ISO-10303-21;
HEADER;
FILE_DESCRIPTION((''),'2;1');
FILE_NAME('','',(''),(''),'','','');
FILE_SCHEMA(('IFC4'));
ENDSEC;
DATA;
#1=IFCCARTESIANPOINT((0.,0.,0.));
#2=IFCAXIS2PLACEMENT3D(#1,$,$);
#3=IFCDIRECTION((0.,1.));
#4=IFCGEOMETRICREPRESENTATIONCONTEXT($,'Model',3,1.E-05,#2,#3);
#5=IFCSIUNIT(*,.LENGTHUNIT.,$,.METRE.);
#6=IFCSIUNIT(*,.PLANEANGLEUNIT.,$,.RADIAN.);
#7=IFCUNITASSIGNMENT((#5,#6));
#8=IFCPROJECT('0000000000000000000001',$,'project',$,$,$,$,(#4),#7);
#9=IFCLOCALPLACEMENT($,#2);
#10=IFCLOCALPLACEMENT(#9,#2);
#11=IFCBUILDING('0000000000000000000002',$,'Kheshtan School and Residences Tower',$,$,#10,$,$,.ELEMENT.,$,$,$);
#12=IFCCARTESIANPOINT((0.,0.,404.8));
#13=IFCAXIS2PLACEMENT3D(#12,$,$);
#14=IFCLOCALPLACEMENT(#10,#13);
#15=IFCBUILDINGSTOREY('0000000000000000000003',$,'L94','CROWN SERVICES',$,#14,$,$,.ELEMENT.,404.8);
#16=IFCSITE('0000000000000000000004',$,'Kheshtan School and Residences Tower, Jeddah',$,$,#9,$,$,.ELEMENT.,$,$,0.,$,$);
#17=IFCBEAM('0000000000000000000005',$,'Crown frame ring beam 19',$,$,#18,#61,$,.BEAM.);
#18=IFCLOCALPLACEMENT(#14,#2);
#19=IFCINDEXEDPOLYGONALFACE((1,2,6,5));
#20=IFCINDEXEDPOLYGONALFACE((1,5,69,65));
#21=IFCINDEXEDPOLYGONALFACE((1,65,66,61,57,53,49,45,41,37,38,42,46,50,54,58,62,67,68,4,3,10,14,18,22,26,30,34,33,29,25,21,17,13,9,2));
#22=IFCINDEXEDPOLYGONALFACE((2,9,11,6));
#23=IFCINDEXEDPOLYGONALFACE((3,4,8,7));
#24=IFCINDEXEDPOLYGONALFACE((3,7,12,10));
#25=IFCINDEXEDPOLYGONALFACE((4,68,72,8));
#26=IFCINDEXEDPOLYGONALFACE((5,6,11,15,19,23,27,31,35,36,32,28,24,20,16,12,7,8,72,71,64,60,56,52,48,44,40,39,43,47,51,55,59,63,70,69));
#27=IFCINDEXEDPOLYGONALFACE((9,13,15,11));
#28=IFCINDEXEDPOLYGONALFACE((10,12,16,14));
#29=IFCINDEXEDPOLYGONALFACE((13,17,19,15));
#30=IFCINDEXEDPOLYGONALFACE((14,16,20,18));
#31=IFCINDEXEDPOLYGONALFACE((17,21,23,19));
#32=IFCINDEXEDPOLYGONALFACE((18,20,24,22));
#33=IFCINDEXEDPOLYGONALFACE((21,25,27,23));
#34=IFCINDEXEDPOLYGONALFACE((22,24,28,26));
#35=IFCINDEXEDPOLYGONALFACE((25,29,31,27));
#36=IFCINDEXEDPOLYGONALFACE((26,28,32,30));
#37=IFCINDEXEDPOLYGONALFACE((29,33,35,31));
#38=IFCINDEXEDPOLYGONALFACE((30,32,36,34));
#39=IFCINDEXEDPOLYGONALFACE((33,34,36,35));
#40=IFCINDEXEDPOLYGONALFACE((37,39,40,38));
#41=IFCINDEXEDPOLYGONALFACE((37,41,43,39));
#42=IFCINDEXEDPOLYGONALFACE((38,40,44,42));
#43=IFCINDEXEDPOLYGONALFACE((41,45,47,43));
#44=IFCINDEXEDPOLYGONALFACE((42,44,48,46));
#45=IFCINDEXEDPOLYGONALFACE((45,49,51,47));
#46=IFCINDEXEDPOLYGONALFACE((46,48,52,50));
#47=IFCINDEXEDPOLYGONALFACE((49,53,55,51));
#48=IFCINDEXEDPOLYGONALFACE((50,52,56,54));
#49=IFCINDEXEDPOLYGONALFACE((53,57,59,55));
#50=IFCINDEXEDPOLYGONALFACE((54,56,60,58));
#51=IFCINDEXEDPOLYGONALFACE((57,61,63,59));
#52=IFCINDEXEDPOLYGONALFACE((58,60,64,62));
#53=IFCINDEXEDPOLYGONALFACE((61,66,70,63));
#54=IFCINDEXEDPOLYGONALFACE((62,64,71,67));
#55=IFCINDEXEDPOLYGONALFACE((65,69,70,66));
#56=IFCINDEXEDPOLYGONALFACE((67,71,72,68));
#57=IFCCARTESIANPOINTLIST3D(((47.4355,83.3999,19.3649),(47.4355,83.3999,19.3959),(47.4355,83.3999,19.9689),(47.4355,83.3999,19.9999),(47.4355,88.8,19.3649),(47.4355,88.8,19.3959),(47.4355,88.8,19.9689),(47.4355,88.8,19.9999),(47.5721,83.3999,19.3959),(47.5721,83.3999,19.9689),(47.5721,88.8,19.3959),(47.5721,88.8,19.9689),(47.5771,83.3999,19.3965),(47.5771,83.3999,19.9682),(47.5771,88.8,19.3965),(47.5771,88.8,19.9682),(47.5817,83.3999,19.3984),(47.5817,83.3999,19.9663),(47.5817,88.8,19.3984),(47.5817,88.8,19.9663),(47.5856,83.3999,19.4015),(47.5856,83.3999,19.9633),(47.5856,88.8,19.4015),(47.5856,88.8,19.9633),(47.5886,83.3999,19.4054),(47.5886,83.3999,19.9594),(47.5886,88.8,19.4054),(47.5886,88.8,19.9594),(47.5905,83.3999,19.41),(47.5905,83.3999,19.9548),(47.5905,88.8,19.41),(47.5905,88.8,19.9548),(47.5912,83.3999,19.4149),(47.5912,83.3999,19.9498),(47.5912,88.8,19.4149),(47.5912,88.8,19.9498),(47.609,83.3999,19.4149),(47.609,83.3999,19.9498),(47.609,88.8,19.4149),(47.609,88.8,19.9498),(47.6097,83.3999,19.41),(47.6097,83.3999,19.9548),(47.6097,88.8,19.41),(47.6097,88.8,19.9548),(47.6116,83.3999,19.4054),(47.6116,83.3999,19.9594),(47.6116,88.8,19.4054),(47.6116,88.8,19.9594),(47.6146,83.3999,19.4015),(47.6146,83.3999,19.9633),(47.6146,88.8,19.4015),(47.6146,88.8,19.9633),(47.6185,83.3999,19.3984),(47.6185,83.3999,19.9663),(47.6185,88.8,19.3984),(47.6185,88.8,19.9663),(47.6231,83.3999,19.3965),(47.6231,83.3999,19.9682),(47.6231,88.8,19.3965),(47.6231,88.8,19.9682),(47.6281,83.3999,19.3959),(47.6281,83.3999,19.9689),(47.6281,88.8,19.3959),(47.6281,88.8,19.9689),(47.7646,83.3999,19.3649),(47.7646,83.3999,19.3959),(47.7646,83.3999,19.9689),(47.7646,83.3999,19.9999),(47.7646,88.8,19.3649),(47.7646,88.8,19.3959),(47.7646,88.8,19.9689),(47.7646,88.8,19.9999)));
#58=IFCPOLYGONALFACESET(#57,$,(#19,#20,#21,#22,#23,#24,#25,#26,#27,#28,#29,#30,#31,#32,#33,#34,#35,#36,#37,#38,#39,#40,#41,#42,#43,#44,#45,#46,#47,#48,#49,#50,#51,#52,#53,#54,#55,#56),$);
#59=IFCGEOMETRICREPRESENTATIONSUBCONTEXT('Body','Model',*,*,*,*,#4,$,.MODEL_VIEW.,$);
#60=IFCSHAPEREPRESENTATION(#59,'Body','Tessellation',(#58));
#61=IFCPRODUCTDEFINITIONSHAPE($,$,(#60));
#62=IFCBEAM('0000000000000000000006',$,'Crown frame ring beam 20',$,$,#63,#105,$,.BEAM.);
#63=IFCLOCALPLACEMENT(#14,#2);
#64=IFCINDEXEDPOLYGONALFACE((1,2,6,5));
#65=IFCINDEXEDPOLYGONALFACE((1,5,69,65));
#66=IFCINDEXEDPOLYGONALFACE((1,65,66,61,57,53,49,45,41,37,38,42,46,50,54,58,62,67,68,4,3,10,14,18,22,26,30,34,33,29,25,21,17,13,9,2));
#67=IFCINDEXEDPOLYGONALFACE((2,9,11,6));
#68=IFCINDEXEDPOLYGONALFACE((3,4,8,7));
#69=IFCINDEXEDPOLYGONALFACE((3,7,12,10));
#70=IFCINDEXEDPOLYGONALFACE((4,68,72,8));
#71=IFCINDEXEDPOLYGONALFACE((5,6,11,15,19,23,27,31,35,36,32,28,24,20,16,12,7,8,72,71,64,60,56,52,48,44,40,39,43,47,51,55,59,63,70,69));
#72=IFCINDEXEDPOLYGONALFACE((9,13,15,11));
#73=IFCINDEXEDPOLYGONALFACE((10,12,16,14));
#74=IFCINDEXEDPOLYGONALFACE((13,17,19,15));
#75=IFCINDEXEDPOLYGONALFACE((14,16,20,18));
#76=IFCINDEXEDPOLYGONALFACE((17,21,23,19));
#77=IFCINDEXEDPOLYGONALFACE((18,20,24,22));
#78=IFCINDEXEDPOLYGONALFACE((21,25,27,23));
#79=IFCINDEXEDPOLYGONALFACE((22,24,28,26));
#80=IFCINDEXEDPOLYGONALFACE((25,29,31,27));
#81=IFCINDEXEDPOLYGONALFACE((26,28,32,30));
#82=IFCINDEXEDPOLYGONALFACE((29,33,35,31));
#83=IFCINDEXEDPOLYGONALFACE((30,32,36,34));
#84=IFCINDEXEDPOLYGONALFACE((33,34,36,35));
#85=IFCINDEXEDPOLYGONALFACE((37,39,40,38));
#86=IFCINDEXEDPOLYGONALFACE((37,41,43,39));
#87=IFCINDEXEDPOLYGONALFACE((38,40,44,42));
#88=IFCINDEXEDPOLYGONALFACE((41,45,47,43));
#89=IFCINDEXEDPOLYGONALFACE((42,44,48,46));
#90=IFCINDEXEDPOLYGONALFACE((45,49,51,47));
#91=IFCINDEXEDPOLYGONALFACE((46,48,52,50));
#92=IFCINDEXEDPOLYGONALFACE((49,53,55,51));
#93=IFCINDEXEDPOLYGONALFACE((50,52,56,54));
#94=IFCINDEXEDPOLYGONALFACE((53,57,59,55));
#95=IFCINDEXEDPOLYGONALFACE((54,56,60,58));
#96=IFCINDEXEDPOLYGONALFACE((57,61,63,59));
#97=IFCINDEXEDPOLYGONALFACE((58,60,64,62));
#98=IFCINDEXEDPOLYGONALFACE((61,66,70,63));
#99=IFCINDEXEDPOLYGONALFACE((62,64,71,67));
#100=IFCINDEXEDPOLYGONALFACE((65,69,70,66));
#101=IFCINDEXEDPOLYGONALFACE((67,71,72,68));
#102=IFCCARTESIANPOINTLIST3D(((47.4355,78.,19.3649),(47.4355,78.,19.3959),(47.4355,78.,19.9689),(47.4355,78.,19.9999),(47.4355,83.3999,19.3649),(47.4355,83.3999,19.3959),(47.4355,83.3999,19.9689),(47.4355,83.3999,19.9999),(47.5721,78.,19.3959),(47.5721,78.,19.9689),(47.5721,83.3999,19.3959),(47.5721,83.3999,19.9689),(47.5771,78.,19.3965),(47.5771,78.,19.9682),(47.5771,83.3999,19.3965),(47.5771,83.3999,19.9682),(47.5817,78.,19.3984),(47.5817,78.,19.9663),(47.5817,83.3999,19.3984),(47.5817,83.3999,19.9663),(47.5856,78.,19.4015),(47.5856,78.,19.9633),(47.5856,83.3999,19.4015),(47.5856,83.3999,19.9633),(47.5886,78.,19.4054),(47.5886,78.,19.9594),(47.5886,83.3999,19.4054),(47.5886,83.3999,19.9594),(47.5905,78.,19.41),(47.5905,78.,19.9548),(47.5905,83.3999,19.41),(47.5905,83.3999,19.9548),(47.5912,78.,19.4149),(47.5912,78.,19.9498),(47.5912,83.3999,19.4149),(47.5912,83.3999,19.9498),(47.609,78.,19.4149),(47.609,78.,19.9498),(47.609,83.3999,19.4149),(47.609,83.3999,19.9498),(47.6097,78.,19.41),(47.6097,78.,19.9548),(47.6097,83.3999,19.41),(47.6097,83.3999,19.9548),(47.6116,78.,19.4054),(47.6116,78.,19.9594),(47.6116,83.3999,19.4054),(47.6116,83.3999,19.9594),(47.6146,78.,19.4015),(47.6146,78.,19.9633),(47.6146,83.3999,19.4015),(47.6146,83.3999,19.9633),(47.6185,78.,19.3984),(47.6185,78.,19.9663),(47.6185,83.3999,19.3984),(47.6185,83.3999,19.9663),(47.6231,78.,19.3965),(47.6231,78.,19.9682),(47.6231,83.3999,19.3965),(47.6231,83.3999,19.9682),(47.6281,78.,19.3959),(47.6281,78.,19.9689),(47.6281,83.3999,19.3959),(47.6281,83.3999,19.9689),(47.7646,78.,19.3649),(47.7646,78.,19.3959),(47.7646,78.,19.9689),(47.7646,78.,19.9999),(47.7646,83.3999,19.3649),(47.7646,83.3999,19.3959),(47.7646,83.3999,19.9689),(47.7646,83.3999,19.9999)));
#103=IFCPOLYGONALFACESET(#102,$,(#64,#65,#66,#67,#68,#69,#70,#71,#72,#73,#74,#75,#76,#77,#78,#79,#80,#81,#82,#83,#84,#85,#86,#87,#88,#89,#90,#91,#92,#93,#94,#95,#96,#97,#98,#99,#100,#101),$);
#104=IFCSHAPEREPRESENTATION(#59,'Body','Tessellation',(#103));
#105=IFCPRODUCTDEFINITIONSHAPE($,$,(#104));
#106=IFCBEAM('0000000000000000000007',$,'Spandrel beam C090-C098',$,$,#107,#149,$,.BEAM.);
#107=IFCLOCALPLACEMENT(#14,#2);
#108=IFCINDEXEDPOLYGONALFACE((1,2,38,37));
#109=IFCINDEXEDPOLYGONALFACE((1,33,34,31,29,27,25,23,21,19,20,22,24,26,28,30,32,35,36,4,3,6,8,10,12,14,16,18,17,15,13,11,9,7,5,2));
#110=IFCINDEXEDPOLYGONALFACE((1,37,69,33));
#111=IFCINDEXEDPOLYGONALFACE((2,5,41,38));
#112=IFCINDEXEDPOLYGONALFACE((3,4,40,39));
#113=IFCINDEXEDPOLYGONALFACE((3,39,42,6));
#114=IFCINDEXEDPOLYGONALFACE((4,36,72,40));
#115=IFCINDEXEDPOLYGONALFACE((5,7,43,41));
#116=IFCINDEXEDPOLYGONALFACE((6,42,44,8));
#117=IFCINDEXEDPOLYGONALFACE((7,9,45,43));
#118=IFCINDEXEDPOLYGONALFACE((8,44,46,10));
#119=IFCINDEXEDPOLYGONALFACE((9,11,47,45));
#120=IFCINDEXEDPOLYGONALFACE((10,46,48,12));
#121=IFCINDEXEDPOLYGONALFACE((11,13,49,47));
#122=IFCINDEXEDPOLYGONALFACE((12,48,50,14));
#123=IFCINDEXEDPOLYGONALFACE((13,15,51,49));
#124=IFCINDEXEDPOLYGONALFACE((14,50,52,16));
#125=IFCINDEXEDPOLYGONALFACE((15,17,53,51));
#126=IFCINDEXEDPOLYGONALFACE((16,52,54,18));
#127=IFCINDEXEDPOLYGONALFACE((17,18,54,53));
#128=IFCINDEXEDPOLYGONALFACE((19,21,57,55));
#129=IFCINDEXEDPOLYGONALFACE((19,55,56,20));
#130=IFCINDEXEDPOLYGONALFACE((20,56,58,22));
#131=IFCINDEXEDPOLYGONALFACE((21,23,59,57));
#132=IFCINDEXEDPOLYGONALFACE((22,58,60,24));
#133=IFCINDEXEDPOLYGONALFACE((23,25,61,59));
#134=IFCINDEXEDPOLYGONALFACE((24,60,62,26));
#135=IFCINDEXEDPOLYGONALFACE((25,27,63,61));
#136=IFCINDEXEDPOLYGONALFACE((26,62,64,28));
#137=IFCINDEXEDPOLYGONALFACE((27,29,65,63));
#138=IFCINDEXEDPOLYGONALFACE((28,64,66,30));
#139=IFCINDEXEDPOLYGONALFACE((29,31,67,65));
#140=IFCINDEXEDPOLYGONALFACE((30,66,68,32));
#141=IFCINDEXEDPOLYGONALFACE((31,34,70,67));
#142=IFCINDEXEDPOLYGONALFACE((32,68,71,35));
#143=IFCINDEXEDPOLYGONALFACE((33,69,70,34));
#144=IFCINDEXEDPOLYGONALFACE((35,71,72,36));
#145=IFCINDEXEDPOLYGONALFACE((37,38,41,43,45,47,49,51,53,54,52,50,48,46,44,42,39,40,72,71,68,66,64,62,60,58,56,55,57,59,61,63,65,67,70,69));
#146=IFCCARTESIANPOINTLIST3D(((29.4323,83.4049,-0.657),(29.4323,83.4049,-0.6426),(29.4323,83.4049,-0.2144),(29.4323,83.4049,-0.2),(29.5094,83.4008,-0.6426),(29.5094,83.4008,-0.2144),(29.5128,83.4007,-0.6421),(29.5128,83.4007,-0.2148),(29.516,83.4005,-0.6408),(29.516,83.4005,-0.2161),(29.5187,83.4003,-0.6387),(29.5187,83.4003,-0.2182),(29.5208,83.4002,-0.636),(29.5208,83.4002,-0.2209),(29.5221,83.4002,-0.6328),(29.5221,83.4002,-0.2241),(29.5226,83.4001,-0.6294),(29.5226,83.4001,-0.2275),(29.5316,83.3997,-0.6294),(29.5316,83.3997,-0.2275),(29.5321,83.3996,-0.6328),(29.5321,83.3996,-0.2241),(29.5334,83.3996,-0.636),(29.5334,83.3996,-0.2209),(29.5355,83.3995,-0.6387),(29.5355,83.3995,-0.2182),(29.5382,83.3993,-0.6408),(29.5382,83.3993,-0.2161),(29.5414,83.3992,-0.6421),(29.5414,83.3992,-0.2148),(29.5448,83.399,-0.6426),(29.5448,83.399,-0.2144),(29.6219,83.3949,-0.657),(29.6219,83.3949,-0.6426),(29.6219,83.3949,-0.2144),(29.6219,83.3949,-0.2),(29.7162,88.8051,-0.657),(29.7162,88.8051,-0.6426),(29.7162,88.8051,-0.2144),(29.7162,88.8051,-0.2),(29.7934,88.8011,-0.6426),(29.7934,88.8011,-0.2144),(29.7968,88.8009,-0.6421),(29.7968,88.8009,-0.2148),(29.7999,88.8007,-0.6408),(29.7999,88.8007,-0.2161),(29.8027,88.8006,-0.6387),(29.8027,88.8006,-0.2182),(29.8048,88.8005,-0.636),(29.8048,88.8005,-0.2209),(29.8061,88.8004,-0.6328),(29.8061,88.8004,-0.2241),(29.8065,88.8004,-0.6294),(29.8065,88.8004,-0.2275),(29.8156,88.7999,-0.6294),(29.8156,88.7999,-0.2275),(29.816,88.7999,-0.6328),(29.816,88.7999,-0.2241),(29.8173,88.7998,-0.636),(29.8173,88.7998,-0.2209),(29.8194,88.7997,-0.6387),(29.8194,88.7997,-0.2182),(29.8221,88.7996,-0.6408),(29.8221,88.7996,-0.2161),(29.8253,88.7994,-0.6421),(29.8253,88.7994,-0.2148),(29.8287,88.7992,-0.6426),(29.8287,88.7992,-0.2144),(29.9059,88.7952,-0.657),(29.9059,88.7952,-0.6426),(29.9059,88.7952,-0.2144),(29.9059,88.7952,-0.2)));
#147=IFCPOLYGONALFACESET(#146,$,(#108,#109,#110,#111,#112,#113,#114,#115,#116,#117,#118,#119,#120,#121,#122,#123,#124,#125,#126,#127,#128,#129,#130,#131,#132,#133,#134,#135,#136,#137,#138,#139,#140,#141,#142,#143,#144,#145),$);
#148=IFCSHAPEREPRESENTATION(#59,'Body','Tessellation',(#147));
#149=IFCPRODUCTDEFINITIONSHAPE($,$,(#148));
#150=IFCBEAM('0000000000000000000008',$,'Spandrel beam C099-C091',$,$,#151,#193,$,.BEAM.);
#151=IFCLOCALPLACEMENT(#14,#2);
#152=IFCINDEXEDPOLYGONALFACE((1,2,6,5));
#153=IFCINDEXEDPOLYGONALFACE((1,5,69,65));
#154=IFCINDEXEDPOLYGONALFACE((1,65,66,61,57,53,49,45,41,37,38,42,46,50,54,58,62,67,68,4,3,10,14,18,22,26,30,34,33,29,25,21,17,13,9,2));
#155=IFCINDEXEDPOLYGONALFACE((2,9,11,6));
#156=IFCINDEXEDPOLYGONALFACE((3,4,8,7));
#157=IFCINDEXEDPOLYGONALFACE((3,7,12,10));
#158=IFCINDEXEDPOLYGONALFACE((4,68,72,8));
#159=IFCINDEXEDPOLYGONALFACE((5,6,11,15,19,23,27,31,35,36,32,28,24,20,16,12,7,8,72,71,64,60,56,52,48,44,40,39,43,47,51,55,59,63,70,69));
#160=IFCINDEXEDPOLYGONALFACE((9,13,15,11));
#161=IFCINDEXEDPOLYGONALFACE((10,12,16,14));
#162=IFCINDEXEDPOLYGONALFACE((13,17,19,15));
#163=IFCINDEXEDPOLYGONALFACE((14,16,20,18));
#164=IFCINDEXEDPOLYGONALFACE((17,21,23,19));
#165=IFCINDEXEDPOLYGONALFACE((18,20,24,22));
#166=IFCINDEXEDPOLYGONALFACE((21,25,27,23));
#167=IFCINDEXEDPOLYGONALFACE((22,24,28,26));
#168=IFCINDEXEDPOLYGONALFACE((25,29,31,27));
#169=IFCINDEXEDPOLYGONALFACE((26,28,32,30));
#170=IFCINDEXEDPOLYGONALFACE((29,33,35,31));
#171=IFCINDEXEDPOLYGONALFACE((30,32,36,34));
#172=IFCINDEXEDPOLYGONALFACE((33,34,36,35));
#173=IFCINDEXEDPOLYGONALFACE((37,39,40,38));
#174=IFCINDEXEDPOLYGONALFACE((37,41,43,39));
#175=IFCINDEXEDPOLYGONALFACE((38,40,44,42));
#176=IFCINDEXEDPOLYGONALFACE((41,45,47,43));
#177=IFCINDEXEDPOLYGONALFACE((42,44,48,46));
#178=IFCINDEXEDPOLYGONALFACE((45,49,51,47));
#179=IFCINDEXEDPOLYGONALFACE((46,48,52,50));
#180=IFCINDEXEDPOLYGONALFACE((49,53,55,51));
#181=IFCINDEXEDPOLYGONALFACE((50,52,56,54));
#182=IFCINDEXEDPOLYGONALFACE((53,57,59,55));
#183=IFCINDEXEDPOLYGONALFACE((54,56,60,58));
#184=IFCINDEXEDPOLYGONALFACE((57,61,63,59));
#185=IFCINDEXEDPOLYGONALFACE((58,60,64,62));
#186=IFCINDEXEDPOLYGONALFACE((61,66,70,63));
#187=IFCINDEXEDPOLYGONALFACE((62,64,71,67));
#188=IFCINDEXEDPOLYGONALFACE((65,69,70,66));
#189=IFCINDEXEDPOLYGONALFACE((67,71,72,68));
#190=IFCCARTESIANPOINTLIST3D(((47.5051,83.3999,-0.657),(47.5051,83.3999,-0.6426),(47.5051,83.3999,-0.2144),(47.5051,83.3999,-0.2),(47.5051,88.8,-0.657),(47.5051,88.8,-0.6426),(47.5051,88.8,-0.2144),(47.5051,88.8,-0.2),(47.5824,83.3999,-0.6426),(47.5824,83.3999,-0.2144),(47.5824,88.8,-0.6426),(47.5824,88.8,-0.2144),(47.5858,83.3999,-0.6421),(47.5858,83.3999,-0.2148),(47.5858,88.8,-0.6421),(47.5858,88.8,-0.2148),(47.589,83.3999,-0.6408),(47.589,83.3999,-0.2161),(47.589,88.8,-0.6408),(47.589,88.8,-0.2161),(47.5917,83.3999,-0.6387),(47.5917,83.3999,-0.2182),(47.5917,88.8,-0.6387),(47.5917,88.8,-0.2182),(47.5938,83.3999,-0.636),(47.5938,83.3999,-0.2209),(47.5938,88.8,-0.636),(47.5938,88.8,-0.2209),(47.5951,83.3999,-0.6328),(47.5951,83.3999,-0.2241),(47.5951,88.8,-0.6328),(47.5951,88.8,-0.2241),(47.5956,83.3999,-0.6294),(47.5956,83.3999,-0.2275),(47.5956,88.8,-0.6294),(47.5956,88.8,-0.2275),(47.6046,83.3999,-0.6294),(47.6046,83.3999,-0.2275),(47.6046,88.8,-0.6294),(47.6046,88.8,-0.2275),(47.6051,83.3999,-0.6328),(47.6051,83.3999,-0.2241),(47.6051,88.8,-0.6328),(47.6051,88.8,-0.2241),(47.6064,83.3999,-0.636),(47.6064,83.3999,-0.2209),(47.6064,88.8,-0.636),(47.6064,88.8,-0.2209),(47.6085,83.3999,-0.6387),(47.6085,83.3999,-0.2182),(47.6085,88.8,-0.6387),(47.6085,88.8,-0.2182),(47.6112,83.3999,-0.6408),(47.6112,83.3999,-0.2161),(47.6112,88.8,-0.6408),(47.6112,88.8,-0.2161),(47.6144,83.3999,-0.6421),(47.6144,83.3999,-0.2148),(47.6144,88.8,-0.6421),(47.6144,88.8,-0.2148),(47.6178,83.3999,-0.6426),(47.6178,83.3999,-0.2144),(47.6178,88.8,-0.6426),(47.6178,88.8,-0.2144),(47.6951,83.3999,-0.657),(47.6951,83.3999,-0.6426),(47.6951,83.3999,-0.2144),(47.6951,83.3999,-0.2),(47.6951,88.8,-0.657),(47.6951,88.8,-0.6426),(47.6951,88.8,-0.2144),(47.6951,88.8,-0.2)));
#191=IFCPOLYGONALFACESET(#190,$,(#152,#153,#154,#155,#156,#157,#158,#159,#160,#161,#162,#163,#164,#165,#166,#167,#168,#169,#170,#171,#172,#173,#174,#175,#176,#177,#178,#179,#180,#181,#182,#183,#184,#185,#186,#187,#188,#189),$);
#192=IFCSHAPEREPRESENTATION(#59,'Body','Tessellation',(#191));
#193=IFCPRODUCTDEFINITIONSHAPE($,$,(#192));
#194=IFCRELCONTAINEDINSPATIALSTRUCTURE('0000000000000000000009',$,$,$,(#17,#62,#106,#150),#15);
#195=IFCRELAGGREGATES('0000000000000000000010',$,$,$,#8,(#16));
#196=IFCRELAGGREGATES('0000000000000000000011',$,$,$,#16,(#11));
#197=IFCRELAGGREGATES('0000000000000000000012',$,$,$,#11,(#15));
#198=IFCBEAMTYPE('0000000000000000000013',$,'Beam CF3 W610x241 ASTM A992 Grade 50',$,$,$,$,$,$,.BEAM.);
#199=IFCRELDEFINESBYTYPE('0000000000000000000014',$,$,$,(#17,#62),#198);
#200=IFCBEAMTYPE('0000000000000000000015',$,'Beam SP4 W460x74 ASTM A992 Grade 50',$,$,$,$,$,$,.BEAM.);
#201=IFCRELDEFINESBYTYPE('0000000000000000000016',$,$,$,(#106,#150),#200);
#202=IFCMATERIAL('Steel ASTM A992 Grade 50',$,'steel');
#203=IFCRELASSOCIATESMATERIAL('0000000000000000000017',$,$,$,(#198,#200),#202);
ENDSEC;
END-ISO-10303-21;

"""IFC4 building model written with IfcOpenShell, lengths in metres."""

from ifc_helpers import new_model, si_unit, direction, frame, origin, origin_2d, place, context, subcontext, project, spatial, i_section, extrude, material, material_profile, profile_set, type_object, element, save


model = new_model("IFC4")

# Units and contexts
model_context = context("Model", 3, precision=1e-05, world=origin(), true_north=direction((0.0, 1.0)))
body_context = subcontext(model_context, "Body", "Model", "MODEL_VIEW")
ifc_project = project(units=[si_unit("LENGTHUNIT", "METRE"), si_unit("PLANEANGLEUNIT", "RADIAN")], contexts=[model_context])

# Site, building, storey
site_placement = place(None, origin())
site = spatial("IfcSite", under=ifc_project, at=site_placement, Name="Kheshtan School and Residences Tower, Jeddah", CompositionType="ELEMENT", RefElevation=0.0)
building_placement = place(site_placement, origin())
building = spatial("IfcBuilding", under=site, at=building_placement, Name="Kheshtan School and Residences Tower", CompositionType="ELEMENT")
storey_placement = place(building_placement, frame((0.0, 0.0, 404.8)))
storey = spatial("IfcBuildingStorey", under=building, at=storey_placement, Name="L94", Description="CROWN SERVICES", CompositionType="ELEMENT", Elevation=404.8)

# Beams
ifc_material_1 = material(Name="Steel ASTM A992 Grade 50", Category="steel")
ifc_material_profile_1 = material_profile(ifc_material_1, i_section(OverallWidth=0.3291, OverallDepth=0.635, WebThickness=0.0178, FlangeThickness=0.031, FilletRadius=0.019, at=origin_2d()), Name="W610x241")
ifc_profile_set_1 = profile_set([ifc_material_profile_1], Name="Steel ASTM A992 Grade 50")
beam_type_1 = type_object("IfcBeamType", Name="Beam CF3 W610x241 ASTM A992 Grade 50", PredefinedType="BEAM", material=ifc_profile_set_1)
beam_1_placement = place(storey_placement, frame((47.6001, 88.8, 19.6824), z_axis=(0.0, -1.0, 0.0), x_axis=(1.0, 0.0, 0.0)))
element("IfcBeam", 1, at=beam_1_placement, inside=storey, type_object=beam_type_1, Name="Crown frame ring beam 19", PredefinedType="BEAM", context=body_context, shape_type="SweptSolid", body=[
    extrude(i_section(OverallWidth=0.3291, OverallDepth=0.635, WebThickness=0.0178, FlangeThickness=0.031, FilletRadius=0.019, at=origin_2d()), origin(), (0.0, 0.0, 1.0), 5.4001),
])
beam_2_placement = place(storey_placement, frame((47.6001, 83.3999, 19.6824), z_axis=(0.0, -1.0, 0.0), x_axis=(1.0, 0.0, 0.0)))
element("IfcBeam", 2, at=beam_2_placement, inside=storey, type_object=beam_type_1, Name="Crown frame ring beam 20", PredefinedType="BEAM", context=body_context, shape_type="SweptSolid", body=[
    extrude(i_section(OverallWidth=0.3291, OverallDepth=0.635, WebThickness=0.0178, FlangeThickness=0.031, FilletRadius=0.019, at=origin_2d()), origin(), (0.0, 0.0, 1.0), 5.3999),
])
ifc_material_profile_2 = material_profile(ifc_material_1, i_section(OverallWidth=0.1899, OverallDepth=0.457, WebThickness=0.009, FlangeThickness=0.0144, FilletRadius=0.0132, at=origin_2d()), Name="W460x74")
ifc_profile_set_2 = profile_set([ifc_material_profile_2], Name="Steel ASTM A992 Grade 50")
beam_type_2 = type_object("IfcBeamType", Name="Beam SP4 W460x74 ASTM A992 Grade 50", PredefinedType="BEAM", material=ifc_profile_set_2)
beam_3_placement = place(storey_placement, frame((29.5271, 83.3999, -0.4285), z_axis=(0.052507, 0.998621, 0.0), x_axis=(-0.998621, 0.052507, 0.0)))
element("IfcBeam", 3, at=beam_3_placement, inside=storey, type_object=beam_type_2, Name="Spandrel beam C090-C098", PredefinedType="BEAM", context=body_context, shape_type="SweptSolid", body=[
    extrude(i_section(OverallWidth=0.1899, OverallDepth=0.457, WebThickness=0.009, FlangeThickness=0.0144, FilletRadius=0.0132, at=origin_2d()), origin(), (0.0, 0.0, 1.0), 5.4077),
])
beam_4_placement = place(storey_placement, frame((47.6001, 88.8, -0.4285), z_axis=(0.0, -1.0, 0.0), x_axis=(1.0, 0.0, 0.0)))
element("IfcBeam", 4, at=beam_4_placement, inside=storey, type_object=beam_type_2, Name="Spandrel beam C099-C091", PredefinedType="BEAM", context=body_context, shape_type="SweptSolid", body=[
    extrude(i_section(OverallWidth=0.1899, OverallDepth=0.457, WebThickness=0.009, FlangeThickness=0.0144, FilletRadius=0.0132, at=origin_2d()), origin(), (0.0, 0.0, 1.0), 5.4001),
])

save(model, "model.ifc")
